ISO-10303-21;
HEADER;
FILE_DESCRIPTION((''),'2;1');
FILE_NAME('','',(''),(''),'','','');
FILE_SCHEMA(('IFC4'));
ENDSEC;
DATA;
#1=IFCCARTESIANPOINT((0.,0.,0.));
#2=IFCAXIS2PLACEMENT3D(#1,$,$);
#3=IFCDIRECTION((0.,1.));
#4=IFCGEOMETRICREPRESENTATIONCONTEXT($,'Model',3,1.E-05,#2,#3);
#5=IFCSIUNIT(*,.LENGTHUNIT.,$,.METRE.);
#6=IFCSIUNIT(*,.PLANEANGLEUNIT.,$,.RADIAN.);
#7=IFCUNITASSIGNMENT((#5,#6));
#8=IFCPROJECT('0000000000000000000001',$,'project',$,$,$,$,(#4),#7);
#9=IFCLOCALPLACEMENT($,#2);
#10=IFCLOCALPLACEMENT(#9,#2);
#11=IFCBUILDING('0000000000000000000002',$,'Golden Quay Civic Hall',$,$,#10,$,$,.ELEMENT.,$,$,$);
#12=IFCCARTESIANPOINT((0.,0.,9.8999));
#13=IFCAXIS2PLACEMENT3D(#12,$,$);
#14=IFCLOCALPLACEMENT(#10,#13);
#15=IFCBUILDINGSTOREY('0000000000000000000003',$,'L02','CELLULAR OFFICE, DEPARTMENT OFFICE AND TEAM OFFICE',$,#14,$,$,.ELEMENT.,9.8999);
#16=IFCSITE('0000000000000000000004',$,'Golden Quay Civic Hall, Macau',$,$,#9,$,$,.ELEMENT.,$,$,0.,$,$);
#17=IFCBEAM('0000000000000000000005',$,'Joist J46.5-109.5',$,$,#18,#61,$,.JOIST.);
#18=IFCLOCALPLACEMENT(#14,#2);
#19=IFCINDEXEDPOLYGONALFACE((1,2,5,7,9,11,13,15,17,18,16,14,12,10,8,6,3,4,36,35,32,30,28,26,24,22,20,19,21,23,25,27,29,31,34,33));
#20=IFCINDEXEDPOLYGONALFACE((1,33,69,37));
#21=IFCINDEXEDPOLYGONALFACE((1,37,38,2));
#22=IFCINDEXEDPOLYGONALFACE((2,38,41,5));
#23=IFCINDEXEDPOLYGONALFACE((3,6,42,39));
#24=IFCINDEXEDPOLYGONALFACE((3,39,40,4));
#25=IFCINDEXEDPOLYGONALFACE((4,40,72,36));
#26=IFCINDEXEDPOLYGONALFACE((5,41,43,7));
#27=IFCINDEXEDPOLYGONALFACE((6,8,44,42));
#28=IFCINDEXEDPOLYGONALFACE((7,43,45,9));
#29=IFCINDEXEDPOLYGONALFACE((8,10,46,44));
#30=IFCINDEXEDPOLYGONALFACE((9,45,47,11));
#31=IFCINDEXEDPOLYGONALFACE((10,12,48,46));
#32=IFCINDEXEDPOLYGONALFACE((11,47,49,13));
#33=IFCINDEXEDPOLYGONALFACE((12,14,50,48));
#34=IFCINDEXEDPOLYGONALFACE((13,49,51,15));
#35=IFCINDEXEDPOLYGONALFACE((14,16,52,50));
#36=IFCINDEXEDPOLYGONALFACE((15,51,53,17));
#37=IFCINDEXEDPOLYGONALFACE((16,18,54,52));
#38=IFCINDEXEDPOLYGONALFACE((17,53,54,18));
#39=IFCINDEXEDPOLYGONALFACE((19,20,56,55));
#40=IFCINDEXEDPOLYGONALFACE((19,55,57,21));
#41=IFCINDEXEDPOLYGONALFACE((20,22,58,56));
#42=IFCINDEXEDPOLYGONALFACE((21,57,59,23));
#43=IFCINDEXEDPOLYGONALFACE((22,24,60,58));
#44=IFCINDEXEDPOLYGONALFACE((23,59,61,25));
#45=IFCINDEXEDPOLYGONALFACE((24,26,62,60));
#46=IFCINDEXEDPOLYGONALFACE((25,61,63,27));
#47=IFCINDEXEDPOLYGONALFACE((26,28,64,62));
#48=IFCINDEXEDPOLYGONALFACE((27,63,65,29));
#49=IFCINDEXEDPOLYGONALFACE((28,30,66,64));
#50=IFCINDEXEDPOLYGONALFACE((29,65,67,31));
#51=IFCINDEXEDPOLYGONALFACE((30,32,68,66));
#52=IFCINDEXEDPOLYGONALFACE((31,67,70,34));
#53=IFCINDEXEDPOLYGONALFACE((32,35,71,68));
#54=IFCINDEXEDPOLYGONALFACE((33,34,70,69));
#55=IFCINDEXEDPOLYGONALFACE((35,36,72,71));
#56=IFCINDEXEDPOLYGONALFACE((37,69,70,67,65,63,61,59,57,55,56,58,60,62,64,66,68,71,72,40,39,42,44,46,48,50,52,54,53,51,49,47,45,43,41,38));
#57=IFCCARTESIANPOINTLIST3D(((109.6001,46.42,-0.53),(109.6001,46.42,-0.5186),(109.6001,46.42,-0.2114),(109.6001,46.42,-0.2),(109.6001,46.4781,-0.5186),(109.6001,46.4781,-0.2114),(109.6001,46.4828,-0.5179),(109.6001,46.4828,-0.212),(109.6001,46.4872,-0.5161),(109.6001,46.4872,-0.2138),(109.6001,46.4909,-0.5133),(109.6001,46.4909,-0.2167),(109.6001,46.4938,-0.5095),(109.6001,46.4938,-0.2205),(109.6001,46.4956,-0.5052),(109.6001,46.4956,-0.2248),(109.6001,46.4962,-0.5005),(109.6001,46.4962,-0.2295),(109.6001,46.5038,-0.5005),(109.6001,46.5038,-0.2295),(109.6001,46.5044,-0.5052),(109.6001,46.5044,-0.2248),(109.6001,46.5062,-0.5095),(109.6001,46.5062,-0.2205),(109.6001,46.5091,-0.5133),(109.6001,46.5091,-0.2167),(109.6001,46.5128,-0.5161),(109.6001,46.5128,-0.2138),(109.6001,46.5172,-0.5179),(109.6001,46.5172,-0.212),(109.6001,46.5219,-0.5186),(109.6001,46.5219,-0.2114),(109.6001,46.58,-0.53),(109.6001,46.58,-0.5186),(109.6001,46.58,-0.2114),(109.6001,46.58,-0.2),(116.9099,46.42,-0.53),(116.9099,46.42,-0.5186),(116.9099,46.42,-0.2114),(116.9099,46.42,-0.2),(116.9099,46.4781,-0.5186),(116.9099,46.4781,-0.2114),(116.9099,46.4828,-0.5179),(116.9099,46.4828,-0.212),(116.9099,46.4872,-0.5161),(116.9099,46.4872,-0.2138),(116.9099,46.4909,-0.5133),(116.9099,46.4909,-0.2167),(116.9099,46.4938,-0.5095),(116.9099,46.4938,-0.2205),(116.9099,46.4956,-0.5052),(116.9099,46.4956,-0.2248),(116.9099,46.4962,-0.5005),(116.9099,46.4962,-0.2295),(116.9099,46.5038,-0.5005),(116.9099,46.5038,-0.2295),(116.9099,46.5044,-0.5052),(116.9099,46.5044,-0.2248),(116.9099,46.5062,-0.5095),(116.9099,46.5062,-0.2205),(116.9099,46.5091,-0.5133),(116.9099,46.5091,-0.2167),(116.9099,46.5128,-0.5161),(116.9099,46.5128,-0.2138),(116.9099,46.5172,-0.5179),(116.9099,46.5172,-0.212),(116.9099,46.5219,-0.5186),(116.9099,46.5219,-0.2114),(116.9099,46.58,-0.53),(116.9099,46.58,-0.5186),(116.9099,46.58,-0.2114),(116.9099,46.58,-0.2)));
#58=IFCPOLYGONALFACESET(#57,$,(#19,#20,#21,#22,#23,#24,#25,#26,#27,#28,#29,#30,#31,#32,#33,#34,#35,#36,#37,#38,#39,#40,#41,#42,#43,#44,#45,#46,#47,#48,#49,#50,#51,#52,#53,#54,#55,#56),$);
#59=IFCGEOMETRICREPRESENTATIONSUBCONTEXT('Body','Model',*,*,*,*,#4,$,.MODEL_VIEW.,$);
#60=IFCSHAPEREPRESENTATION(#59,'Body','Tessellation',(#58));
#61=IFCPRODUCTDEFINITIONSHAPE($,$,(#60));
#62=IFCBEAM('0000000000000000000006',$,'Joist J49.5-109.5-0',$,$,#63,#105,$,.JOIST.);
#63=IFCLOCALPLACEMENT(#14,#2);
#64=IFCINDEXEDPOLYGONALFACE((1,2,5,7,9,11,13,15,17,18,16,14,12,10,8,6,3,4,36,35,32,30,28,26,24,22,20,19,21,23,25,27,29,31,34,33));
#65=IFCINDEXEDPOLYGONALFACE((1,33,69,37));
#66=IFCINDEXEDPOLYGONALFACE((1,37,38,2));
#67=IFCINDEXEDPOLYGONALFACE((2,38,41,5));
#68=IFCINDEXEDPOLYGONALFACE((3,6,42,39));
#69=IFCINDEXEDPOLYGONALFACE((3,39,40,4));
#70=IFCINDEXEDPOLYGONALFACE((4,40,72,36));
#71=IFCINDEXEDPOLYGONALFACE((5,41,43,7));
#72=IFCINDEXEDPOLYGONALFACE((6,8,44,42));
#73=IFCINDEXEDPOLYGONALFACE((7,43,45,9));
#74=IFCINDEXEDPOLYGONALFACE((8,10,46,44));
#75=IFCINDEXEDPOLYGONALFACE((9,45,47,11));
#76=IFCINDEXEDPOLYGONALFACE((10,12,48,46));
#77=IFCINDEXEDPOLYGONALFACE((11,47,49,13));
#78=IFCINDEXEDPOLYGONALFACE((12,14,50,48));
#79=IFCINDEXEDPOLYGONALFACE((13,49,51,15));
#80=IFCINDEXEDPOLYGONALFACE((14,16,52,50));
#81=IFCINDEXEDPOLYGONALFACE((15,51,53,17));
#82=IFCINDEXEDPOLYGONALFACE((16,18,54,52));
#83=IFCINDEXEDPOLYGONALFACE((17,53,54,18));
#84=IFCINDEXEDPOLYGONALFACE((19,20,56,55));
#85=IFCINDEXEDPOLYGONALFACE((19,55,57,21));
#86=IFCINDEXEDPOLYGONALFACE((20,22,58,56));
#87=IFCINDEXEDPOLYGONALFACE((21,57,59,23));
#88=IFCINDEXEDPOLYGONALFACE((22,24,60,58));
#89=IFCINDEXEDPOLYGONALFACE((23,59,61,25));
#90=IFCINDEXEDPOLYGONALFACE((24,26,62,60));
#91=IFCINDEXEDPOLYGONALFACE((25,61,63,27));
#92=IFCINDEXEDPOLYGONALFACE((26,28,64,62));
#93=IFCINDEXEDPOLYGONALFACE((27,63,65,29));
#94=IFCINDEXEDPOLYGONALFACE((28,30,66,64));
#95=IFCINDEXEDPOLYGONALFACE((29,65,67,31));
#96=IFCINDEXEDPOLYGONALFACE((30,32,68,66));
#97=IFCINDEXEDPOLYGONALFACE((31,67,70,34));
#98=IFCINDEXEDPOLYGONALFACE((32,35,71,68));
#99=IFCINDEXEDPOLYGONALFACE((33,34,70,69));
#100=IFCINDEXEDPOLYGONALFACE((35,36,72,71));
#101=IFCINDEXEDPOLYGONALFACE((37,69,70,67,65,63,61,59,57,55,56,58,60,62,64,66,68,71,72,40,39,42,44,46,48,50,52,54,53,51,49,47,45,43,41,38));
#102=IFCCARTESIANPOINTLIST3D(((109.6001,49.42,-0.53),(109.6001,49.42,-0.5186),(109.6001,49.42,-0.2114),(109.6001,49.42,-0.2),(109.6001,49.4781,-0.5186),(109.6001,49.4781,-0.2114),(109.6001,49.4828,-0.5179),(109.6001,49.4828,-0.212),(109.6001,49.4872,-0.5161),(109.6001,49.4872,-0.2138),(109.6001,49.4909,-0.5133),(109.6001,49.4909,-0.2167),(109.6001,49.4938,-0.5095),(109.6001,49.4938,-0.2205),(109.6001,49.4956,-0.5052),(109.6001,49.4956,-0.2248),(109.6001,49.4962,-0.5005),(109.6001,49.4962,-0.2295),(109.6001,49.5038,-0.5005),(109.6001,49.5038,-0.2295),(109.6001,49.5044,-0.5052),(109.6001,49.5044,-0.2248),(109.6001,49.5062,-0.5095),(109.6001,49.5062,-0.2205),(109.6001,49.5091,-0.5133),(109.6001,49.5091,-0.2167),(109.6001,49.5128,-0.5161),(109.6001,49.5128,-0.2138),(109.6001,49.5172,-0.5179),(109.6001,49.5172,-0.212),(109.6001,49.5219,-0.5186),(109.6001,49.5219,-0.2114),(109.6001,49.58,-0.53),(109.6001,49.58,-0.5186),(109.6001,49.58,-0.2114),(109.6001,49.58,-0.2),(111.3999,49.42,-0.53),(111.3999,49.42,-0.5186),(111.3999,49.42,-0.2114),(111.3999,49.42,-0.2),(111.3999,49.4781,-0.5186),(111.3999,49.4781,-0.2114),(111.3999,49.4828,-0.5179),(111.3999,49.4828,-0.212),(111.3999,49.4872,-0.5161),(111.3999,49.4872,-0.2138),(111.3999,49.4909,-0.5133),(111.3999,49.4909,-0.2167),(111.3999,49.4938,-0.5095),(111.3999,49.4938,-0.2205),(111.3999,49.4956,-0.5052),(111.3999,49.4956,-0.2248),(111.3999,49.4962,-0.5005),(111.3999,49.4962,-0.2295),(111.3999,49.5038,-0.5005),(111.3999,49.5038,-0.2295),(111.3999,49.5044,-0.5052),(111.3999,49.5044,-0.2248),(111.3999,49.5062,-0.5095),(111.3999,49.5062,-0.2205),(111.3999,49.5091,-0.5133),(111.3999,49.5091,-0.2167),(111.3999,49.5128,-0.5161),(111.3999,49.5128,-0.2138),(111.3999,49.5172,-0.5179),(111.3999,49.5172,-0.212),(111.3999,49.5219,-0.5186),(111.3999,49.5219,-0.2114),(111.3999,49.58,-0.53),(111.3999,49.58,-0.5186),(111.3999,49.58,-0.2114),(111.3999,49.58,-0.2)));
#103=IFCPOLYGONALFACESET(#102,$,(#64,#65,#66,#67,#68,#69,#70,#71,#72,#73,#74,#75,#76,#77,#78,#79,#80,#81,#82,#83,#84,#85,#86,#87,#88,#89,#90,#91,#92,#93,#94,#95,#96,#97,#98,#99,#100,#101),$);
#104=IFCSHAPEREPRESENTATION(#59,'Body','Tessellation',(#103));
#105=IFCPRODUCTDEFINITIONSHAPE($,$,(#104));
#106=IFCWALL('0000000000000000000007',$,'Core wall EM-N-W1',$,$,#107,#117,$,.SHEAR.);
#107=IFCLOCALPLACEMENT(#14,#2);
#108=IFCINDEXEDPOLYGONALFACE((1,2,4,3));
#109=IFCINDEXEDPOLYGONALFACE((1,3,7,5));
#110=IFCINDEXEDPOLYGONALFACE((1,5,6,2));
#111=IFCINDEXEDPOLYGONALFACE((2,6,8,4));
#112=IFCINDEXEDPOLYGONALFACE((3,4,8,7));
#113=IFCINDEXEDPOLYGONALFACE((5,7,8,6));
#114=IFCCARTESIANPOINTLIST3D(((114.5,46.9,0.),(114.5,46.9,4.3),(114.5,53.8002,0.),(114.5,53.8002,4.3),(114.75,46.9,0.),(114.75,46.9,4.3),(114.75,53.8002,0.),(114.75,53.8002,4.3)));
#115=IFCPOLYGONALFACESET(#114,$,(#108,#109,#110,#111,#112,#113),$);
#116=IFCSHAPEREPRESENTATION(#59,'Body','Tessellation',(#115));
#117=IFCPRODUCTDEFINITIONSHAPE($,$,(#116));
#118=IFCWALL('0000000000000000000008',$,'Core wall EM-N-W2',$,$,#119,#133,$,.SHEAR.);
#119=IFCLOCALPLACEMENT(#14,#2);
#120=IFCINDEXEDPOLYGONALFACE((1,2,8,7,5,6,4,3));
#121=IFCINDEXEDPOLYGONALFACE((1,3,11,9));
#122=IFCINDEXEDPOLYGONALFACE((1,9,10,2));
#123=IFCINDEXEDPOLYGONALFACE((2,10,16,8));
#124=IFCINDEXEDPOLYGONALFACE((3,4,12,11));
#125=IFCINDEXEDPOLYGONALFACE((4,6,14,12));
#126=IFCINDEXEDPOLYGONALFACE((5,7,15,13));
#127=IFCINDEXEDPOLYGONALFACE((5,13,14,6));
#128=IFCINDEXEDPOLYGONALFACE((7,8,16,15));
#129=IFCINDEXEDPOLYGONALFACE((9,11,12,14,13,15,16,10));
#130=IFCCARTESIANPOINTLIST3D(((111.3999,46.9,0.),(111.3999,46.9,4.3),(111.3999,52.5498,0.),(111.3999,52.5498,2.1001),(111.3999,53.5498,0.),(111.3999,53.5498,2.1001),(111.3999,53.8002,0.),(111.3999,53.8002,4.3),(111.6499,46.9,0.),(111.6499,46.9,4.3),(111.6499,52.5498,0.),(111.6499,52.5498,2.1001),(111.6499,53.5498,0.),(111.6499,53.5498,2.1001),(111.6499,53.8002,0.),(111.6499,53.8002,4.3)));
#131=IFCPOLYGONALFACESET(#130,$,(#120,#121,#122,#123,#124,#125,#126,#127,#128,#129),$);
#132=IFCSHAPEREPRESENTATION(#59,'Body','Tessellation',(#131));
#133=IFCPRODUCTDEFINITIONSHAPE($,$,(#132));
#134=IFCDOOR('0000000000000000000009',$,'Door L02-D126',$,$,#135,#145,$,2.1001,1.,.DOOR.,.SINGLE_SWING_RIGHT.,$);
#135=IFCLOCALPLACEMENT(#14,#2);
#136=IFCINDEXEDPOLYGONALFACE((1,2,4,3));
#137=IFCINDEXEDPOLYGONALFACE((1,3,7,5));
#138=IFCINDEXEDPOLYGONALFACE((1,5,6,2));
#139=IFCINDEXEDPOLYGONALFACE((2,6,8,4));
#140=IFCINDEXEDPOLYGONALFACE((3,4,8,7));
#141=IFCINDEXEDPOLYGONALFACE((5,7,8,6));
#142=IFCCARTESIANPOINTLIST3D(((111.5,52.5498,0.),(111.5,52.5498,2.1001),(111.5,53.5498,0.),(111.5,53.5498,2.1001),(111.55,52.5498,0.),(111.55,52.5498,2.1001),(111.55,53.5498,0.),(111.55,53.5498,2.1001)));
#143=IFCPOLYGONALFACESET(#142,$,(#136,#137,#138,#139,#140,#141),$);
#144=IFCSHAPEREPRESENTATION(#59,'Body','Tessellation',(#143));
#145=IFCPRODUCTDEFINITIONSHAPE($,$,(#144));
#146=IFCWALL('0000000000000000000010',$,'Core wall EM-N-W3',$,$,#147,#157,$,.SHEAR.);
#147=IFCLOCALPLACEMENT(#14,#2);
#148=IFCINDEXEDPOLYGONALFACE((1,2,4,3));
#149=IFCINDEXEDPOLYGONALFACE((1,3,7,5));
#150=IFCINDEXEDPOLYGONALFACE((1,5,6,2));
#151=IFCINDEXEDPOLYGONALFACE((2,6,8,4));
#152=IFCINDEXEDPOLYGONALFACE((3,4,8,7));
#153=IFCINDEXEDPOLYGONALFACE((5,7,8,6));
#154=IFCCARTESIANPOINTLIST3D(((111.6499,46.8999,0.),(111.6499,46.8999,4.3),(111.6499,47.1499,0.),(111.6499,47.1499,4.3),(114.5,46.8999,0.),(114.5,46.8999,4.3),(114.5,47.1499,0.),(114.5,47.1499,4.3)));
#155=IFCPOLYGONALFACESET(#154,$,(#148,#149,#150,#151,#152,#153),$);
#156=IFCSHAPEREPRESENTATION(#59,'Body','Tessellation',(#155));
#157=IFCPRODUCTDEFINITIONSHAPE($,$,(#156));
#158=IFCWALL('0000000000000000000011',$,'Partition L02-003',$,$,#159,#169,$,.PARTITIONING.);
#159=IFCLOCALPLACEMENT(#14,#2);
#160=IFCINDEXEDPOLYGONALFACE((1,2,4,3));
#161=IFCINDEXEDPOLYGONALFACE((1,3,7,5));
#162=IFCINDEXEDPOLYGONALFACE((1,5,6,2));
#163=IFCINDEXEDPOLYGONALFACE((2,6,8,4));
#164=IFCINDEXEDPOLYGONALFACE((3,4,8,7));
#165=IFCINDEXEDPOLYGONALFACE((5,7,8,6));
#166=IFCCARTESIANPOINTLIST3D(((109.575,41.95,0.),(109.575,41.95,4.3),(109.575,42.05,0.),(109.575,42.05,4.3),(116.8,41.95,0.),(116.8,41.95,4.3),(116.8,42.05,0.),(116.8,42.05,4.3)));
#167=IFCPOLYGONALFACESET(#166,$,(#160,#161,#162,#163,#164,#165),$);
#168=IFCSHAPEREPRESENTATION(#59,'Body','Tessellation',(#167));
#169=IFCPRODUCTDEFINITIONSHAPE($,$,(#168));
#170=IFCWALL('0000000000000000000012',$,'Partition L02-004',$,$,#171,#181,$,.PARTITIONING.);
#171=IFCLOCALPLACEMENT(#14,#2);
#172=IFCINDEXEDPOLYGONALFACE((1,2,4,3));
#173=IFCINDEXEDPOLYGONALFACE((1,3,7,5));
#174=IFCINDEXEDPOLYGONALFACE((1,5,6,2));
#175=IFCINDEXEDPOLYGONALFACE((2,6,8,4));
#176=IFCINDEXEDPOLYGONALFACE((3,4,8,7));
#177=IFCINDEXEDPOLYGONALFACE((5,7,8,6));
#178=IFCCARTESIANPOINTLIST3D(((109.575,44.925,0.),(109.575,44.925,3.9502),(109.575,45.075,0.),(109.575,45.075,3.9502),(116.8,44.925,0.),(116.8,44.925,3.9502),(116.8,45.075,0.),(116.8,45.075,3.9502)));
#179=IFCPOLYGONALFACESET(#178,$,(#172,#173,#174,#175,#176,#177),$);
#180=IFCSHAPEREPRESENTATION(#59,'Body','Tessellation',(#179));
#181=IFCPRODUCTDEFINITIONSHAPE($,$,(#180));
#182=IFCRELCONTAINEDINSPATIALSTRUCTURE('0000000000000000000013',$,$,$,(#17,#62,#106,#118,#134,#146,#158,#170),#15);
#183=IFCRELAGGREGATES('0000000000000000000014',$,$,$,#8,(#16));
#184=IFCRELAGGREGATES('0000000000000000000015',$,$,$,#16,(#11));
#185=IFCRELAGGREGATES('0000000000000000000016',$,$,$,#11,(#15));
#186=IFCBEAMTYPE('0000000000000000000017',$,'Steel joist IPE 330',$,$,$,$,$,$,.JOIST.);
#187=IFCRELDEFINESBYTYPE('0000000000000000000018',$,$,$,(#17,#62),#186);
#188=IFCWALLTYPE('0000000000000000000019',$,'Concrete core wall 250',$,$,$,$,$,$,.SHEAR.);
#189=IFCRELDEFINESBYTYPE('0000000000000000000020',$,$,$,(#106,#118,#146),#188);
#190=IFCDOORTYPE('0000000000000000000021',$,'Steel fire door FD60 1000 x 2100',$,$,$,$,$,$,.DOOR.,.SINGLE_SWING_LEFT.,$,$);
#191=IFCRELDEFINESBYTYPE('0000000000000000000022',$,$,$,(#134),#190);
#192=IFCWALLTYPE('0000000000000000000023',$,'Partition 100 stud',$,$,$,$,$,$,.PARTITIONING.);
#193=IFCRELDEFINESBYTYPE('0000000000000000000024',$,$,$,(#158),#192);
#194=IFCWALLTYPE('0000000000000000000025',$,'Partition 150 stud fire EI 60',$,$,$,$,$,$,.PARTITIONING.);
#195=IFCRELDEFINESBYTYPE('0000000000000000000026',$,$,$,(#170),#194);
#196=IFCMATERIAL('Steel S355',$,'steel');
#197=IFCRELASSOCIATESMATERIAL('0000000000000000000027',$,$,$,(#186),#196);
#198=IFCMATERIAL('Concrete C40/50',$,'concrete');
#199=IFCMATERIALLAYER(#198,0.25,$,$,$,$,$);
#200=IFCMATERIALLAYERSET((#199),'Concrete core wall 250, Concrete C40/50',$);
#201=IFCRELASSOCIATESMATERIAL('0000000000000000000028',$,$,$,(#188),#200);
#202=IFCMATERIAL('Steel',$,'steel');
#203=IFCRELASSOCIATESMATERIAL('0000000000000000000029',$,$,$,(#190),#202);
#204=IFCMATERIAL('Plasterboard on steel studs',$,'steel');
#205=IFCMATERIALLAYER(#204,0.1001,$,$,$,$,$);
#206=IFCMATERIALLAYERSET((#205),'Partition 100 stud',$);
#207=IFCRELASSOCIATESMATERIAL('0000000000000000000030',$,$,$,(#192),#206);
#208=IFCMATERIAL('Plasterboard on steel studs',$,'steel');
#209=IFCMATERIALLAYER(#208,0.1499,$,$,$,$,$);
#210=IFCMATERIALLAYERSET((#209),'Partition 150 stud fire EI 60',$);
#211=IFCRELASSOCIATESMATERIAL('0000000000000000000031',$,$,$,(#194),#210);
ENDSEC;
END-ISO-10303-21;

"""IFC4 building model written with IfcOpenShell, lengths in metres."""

from ifc_helpers import new_model, si_unit, direction, frame, frame_2d, origin, origin_2d, place, context, subcontext, project, spatial, rectangle, i_section, extrude, material, layer, layer_set, material_profile, profile_set, type_object, element, fill, save


model = new_model("IFC4")

# Units and contexts
model_context = context("Model", 3, precision=1e-05, world=origin(), true_north=direction((0.0, 1.0)))
body_context = subcontext(model_context, "Body", "Model", "MODEL_VIEW")
ifc_project = project(units=[si_unit("LENGTHUNIT", "METRE"), si_unit("PLANEANGLEUNIT", "RADIAN")], contexts=[model_context])

# Site, building, storey
site_placement = place(None, origin())
site = spatial("IfcSite", under=ifc_project, at=site_placement, Name="Golden Quay Civic Hall, Macau", CompositionType="ELEMENT", RefElevation=0.0)
building_placement = place(site_placement, origin())
building = spatial("IfcBuilding", under=site, at=building_placement, Name="Golden Quay Civic Hall", CompositionType="ELEMENT")
storey_placement = place(building_placement, frame((0.0, 0.0, 9.8999)))
storey = spatial("IfcBuildingStorey", under=building, at=storey_placement, Name="L02", Description="CELLULAR OFFICE, DEPARTMENT OFFICE AND TEAM OFFICE", CompositionType="ELEMENT", Elevation=9.8999)

# Beams
ifc_material_1 = material(Name="Steel S355", Category="steel")
ifc_material_profile_1 = material_profile(ifc_material_1, i_section(OverallWidth=0.1599, OverallDepth=0.3301, WebThickness=0.0076, FlangeThickness=0.0115, FilletRadius=0.0181, at=origin_2d()), Name="IPE 330")
ifc_profile_set_1 = profile_set([ifc_material_profile_1], Name="Steel S355")
beam_type_1 = type_object("IfcBeamType", Name="Steel joist IPE 330", PredefinedType="JOIST", material=ifc_profile_set_1)
for number, where, z_axis, x_axis, name in (
    (1, (109.6001, 46.5, -0.365), (1.0, 0.0, 0.0), (0.0, 1.0, 0.0), "Joist J46.5-109.5"),
):
    element("IfcBeam", number, at=place(storey_placement, frame(where, z_axis=z_axis, x_axis=x_axis)), inside=storey, type_object=beam_type_1, Name=name, PredefinedType="JOIST", context=body_context, shape_type="SweptSolid", body=[
        extrude(i_section(OverallWidth=0.1599, OverallDepth=0.3301, WebThickness=0.0076, FlangeThickness=0.0115, FilletRadius=0.0181, at=origin_2d()), origin(), (0.0, 0.0, 1.0), 7.3098),
    ])
beam_1_placement = place(storey_placement, frame((109.6001, 49.5, -0.365), z_axis=(1.0, 0.0, 0.0), x_axis=(0.0, 1.0, 0.0)))
element("IfcBeam", 2, at=beam_1_placement, inside=storey, type_object=beam_type_1, Name="Joist J49.5-109.5-0", PredefinedType="JOIST", context=body_context, shape_type="SweptSolid", body=[
    extrude(i_section(OverallWidth=0.1599, OverallDepth=0.3301, WebThickness=0.0076, FlangeThickness=0.0115, FilletRadius=0.0181, at=origin_2d()), origin(), (0.0, 0.0, 1.0), 1.7998),
])

# Wall
ifc_material_2 = material(Name="Concrete C40/50", Category="concrete")
ifc_layer_1 = layer(ifc_material_2, 0.25)
ifc_layer_set_1 = layer_set([ifc_layer_1], Name="Concrete core wall 250, Concrete C40/50")
wall_type_1 = type_object("IfcWallType", Name="Concrete core wall 250", PredefinedType="SHEAR", material=ifc_layer_set_1)
wall_1_placement = place(storey_placement, frame((114.625, 46.8999, 0.0), z_axis=(0.0, 0.0, 1.0), x_axis=(0.0, 1.0, 0.0)))
element("IfcWall", 3, at=wall_1_placement, inside=storey, type_object=wall_type_1, Name="Core wall EM-N-W1", PredefinedType="SHEAR", context=body_context, shape_type="SweptSolid", body=[
    extrude(rectangle(XDim=6.9001, YDim=0.25, at=frame_2d((3.4502, 0.0))), origin(), (0.0, 0.0, 1.0), 4.3),
])

# Wall, opening, door
wall_2_placement = place(storey_placement, frame((111.5249, 46.8999, 0.0), z_axis=(0.0, 0.0, 1.0), x_axis=(0.0, 1.0, 0.0)))
wall_2 = element("IfcWall", 4, at=wall_2_placement, inside=storey, type_object=wall_type_1, Name="Core wall EM-N-W2", PredefinedType="SHEAR", context=body_context, shape_type="SweptSolid", body=[
    extrude(rectangle(XDim=6.9001, YDim=0.25, at=frame_2d((3.4502, 0.0))), origin(), (0.0, 0.0, 1.0), 4.3),
])
opening_1_placement = place(wall_2_placement, frame((5.6499, 0.0, 0.0)))
opening_1 = element("IfcOpeningElement", 5, at=opening_1_placement, cuts=wall_2, PredefinedType="OPENING", context=body_context, shape_type="SweptSolid", body=[
    extrude(rectangle(XDim=1.0, YDim=2.1001, at=frame_2d((0.5, 1.05))), frame((0.0, 0.135, 0.0), z_axis=(0.0, -1.0, 0.0), x_axis=(1.0, 0.0, 0.0)), (0.0, 0.0, 1.0), 0.27),
])
ifc_material_3 = material(Name="Steel", Category="steel")
door_type = type_object("IfcDoorType", Name="Steel fire door FD60 1000 x 2100", OperationType="SINGLE_SWING_LEFT", PredefinedType="DOOR", material=ifc_material_3)
door_placement = place(opening_1_placement, frame((1.0, 0.0, 0.0), z_axis=(0.0, 0.0, 1.0), x_axis=(-1.0, 0.0, 0.0)))
door = element("IfcDoor", 6, at=door_placement, inside=storey, type_object=door_type, Name="Door L02-D126", OperationType="SINGLE_SWING_RIGHT", OverallHeight=2.1001, OverallWidth=1.0, PredefinedType="DOOR", context=body_context, shape_type="SweptSolid", body=[
    extrude(rectangle(XDim=1.0, YDim=2.1001, at=frame_2d((0.5, 1.05))), frame((0.0, 0.0251, 0.0), z_axis=(0.0, -1.0, 0.0), x_axis=(1.0, 0.0, 0.0)), (0.0, 0.0, 1.0), 0.05),
])
fill(opening_1, door)

# Walls
wall_3_placement = place(storey_placement, frame((111.6499, 47.0249, 0.0), z_axis=(0.0, 0.0, 1.0), x_axis=(1.0, 0.0, 0.0)))
element("IfcWall", 7, at=wall_3_placement, inside=storey, type_object=wall_type_1, Name="Core wall EM-N-W3", PredefinedType="SHEAR", context=body_context, shape_type="SweptSolid", body=[
    extrude(rectangle(XDim=2.8501, YDim=0.25, at=frame_2d((1.425, 0.0))), origin(), (0.0, 0.0, 1.0), 4.3),
])
ifc_material_4 = material(Name="Plasterboard on steel studs", Category="steel")
ifc_layer_2 = layer(ifc_material_4, 0.1001)
ifc_layer_set_2 = layer_set([ifc_layer_2], Name="Partition 100 stud")
wall_type_2 = type_object("IfcWallType", Name="Partition 100 stud", PredefinedType="PARTITIONING", material=ifc_layer_set_2)
wall_4_placement = place(storey_placement, frame((109.575, 42.0, 0.0), z_axis=(0.0, 0.0, 1.0), x_axis=(1.0, 0.0, 0.0)))
element("IfcWall", 8, at=wall_4_placement, inside=storey, type_object=wall_type_2, Name="Partition L02-003", PredefinedType="PARTITIONING", context=body_context, shape_type="SweptSolid", body=[
    extrude(rectangle(XDim=7.2251, YDim=0.1001, at=frame_2d((3.6125, 0.0))), origin(), (0.0, 0.0, 1.0), 4.3),
])
ifc_material_5 = material(Name="Plasterboard on steel studs", Category="steel")
ifc_layer_3 = layer(ifc_material_5, 0.1499)
ifc_layer_set_3 = layer_set([ifc_layer_3], Name="Partition 150 stud fire EI 60")
wall_type_3 = type_object("IfcWallType", Name="Partition 150 stud fire EI 60", PredefinedType="PARTITIONING", material=ifc_layer_set_3)
wall_5_placement = place(storey_placement, frame((109.575, 45.0, 0.0), z_axis=(0.0, 0.0, 1.0), x_axis=(1.0, 0.0, 0.0)))
element("IfcWall", 9, at=wall_5_placement, inside=storey, type_object=wall_type_3, Name="Partition L02-004", PredefinedType="PARTITIONING", context=body_context, shape_type="SweptSolid", body=[
    extrude(rectangle(XDim=7.2251, YDim=0.1499, at=frame_2d((3.6125, 0.0))), origin(), (0.0, 0.0, 1.0), 3.9502),
])

save(model, "model.ifc")
